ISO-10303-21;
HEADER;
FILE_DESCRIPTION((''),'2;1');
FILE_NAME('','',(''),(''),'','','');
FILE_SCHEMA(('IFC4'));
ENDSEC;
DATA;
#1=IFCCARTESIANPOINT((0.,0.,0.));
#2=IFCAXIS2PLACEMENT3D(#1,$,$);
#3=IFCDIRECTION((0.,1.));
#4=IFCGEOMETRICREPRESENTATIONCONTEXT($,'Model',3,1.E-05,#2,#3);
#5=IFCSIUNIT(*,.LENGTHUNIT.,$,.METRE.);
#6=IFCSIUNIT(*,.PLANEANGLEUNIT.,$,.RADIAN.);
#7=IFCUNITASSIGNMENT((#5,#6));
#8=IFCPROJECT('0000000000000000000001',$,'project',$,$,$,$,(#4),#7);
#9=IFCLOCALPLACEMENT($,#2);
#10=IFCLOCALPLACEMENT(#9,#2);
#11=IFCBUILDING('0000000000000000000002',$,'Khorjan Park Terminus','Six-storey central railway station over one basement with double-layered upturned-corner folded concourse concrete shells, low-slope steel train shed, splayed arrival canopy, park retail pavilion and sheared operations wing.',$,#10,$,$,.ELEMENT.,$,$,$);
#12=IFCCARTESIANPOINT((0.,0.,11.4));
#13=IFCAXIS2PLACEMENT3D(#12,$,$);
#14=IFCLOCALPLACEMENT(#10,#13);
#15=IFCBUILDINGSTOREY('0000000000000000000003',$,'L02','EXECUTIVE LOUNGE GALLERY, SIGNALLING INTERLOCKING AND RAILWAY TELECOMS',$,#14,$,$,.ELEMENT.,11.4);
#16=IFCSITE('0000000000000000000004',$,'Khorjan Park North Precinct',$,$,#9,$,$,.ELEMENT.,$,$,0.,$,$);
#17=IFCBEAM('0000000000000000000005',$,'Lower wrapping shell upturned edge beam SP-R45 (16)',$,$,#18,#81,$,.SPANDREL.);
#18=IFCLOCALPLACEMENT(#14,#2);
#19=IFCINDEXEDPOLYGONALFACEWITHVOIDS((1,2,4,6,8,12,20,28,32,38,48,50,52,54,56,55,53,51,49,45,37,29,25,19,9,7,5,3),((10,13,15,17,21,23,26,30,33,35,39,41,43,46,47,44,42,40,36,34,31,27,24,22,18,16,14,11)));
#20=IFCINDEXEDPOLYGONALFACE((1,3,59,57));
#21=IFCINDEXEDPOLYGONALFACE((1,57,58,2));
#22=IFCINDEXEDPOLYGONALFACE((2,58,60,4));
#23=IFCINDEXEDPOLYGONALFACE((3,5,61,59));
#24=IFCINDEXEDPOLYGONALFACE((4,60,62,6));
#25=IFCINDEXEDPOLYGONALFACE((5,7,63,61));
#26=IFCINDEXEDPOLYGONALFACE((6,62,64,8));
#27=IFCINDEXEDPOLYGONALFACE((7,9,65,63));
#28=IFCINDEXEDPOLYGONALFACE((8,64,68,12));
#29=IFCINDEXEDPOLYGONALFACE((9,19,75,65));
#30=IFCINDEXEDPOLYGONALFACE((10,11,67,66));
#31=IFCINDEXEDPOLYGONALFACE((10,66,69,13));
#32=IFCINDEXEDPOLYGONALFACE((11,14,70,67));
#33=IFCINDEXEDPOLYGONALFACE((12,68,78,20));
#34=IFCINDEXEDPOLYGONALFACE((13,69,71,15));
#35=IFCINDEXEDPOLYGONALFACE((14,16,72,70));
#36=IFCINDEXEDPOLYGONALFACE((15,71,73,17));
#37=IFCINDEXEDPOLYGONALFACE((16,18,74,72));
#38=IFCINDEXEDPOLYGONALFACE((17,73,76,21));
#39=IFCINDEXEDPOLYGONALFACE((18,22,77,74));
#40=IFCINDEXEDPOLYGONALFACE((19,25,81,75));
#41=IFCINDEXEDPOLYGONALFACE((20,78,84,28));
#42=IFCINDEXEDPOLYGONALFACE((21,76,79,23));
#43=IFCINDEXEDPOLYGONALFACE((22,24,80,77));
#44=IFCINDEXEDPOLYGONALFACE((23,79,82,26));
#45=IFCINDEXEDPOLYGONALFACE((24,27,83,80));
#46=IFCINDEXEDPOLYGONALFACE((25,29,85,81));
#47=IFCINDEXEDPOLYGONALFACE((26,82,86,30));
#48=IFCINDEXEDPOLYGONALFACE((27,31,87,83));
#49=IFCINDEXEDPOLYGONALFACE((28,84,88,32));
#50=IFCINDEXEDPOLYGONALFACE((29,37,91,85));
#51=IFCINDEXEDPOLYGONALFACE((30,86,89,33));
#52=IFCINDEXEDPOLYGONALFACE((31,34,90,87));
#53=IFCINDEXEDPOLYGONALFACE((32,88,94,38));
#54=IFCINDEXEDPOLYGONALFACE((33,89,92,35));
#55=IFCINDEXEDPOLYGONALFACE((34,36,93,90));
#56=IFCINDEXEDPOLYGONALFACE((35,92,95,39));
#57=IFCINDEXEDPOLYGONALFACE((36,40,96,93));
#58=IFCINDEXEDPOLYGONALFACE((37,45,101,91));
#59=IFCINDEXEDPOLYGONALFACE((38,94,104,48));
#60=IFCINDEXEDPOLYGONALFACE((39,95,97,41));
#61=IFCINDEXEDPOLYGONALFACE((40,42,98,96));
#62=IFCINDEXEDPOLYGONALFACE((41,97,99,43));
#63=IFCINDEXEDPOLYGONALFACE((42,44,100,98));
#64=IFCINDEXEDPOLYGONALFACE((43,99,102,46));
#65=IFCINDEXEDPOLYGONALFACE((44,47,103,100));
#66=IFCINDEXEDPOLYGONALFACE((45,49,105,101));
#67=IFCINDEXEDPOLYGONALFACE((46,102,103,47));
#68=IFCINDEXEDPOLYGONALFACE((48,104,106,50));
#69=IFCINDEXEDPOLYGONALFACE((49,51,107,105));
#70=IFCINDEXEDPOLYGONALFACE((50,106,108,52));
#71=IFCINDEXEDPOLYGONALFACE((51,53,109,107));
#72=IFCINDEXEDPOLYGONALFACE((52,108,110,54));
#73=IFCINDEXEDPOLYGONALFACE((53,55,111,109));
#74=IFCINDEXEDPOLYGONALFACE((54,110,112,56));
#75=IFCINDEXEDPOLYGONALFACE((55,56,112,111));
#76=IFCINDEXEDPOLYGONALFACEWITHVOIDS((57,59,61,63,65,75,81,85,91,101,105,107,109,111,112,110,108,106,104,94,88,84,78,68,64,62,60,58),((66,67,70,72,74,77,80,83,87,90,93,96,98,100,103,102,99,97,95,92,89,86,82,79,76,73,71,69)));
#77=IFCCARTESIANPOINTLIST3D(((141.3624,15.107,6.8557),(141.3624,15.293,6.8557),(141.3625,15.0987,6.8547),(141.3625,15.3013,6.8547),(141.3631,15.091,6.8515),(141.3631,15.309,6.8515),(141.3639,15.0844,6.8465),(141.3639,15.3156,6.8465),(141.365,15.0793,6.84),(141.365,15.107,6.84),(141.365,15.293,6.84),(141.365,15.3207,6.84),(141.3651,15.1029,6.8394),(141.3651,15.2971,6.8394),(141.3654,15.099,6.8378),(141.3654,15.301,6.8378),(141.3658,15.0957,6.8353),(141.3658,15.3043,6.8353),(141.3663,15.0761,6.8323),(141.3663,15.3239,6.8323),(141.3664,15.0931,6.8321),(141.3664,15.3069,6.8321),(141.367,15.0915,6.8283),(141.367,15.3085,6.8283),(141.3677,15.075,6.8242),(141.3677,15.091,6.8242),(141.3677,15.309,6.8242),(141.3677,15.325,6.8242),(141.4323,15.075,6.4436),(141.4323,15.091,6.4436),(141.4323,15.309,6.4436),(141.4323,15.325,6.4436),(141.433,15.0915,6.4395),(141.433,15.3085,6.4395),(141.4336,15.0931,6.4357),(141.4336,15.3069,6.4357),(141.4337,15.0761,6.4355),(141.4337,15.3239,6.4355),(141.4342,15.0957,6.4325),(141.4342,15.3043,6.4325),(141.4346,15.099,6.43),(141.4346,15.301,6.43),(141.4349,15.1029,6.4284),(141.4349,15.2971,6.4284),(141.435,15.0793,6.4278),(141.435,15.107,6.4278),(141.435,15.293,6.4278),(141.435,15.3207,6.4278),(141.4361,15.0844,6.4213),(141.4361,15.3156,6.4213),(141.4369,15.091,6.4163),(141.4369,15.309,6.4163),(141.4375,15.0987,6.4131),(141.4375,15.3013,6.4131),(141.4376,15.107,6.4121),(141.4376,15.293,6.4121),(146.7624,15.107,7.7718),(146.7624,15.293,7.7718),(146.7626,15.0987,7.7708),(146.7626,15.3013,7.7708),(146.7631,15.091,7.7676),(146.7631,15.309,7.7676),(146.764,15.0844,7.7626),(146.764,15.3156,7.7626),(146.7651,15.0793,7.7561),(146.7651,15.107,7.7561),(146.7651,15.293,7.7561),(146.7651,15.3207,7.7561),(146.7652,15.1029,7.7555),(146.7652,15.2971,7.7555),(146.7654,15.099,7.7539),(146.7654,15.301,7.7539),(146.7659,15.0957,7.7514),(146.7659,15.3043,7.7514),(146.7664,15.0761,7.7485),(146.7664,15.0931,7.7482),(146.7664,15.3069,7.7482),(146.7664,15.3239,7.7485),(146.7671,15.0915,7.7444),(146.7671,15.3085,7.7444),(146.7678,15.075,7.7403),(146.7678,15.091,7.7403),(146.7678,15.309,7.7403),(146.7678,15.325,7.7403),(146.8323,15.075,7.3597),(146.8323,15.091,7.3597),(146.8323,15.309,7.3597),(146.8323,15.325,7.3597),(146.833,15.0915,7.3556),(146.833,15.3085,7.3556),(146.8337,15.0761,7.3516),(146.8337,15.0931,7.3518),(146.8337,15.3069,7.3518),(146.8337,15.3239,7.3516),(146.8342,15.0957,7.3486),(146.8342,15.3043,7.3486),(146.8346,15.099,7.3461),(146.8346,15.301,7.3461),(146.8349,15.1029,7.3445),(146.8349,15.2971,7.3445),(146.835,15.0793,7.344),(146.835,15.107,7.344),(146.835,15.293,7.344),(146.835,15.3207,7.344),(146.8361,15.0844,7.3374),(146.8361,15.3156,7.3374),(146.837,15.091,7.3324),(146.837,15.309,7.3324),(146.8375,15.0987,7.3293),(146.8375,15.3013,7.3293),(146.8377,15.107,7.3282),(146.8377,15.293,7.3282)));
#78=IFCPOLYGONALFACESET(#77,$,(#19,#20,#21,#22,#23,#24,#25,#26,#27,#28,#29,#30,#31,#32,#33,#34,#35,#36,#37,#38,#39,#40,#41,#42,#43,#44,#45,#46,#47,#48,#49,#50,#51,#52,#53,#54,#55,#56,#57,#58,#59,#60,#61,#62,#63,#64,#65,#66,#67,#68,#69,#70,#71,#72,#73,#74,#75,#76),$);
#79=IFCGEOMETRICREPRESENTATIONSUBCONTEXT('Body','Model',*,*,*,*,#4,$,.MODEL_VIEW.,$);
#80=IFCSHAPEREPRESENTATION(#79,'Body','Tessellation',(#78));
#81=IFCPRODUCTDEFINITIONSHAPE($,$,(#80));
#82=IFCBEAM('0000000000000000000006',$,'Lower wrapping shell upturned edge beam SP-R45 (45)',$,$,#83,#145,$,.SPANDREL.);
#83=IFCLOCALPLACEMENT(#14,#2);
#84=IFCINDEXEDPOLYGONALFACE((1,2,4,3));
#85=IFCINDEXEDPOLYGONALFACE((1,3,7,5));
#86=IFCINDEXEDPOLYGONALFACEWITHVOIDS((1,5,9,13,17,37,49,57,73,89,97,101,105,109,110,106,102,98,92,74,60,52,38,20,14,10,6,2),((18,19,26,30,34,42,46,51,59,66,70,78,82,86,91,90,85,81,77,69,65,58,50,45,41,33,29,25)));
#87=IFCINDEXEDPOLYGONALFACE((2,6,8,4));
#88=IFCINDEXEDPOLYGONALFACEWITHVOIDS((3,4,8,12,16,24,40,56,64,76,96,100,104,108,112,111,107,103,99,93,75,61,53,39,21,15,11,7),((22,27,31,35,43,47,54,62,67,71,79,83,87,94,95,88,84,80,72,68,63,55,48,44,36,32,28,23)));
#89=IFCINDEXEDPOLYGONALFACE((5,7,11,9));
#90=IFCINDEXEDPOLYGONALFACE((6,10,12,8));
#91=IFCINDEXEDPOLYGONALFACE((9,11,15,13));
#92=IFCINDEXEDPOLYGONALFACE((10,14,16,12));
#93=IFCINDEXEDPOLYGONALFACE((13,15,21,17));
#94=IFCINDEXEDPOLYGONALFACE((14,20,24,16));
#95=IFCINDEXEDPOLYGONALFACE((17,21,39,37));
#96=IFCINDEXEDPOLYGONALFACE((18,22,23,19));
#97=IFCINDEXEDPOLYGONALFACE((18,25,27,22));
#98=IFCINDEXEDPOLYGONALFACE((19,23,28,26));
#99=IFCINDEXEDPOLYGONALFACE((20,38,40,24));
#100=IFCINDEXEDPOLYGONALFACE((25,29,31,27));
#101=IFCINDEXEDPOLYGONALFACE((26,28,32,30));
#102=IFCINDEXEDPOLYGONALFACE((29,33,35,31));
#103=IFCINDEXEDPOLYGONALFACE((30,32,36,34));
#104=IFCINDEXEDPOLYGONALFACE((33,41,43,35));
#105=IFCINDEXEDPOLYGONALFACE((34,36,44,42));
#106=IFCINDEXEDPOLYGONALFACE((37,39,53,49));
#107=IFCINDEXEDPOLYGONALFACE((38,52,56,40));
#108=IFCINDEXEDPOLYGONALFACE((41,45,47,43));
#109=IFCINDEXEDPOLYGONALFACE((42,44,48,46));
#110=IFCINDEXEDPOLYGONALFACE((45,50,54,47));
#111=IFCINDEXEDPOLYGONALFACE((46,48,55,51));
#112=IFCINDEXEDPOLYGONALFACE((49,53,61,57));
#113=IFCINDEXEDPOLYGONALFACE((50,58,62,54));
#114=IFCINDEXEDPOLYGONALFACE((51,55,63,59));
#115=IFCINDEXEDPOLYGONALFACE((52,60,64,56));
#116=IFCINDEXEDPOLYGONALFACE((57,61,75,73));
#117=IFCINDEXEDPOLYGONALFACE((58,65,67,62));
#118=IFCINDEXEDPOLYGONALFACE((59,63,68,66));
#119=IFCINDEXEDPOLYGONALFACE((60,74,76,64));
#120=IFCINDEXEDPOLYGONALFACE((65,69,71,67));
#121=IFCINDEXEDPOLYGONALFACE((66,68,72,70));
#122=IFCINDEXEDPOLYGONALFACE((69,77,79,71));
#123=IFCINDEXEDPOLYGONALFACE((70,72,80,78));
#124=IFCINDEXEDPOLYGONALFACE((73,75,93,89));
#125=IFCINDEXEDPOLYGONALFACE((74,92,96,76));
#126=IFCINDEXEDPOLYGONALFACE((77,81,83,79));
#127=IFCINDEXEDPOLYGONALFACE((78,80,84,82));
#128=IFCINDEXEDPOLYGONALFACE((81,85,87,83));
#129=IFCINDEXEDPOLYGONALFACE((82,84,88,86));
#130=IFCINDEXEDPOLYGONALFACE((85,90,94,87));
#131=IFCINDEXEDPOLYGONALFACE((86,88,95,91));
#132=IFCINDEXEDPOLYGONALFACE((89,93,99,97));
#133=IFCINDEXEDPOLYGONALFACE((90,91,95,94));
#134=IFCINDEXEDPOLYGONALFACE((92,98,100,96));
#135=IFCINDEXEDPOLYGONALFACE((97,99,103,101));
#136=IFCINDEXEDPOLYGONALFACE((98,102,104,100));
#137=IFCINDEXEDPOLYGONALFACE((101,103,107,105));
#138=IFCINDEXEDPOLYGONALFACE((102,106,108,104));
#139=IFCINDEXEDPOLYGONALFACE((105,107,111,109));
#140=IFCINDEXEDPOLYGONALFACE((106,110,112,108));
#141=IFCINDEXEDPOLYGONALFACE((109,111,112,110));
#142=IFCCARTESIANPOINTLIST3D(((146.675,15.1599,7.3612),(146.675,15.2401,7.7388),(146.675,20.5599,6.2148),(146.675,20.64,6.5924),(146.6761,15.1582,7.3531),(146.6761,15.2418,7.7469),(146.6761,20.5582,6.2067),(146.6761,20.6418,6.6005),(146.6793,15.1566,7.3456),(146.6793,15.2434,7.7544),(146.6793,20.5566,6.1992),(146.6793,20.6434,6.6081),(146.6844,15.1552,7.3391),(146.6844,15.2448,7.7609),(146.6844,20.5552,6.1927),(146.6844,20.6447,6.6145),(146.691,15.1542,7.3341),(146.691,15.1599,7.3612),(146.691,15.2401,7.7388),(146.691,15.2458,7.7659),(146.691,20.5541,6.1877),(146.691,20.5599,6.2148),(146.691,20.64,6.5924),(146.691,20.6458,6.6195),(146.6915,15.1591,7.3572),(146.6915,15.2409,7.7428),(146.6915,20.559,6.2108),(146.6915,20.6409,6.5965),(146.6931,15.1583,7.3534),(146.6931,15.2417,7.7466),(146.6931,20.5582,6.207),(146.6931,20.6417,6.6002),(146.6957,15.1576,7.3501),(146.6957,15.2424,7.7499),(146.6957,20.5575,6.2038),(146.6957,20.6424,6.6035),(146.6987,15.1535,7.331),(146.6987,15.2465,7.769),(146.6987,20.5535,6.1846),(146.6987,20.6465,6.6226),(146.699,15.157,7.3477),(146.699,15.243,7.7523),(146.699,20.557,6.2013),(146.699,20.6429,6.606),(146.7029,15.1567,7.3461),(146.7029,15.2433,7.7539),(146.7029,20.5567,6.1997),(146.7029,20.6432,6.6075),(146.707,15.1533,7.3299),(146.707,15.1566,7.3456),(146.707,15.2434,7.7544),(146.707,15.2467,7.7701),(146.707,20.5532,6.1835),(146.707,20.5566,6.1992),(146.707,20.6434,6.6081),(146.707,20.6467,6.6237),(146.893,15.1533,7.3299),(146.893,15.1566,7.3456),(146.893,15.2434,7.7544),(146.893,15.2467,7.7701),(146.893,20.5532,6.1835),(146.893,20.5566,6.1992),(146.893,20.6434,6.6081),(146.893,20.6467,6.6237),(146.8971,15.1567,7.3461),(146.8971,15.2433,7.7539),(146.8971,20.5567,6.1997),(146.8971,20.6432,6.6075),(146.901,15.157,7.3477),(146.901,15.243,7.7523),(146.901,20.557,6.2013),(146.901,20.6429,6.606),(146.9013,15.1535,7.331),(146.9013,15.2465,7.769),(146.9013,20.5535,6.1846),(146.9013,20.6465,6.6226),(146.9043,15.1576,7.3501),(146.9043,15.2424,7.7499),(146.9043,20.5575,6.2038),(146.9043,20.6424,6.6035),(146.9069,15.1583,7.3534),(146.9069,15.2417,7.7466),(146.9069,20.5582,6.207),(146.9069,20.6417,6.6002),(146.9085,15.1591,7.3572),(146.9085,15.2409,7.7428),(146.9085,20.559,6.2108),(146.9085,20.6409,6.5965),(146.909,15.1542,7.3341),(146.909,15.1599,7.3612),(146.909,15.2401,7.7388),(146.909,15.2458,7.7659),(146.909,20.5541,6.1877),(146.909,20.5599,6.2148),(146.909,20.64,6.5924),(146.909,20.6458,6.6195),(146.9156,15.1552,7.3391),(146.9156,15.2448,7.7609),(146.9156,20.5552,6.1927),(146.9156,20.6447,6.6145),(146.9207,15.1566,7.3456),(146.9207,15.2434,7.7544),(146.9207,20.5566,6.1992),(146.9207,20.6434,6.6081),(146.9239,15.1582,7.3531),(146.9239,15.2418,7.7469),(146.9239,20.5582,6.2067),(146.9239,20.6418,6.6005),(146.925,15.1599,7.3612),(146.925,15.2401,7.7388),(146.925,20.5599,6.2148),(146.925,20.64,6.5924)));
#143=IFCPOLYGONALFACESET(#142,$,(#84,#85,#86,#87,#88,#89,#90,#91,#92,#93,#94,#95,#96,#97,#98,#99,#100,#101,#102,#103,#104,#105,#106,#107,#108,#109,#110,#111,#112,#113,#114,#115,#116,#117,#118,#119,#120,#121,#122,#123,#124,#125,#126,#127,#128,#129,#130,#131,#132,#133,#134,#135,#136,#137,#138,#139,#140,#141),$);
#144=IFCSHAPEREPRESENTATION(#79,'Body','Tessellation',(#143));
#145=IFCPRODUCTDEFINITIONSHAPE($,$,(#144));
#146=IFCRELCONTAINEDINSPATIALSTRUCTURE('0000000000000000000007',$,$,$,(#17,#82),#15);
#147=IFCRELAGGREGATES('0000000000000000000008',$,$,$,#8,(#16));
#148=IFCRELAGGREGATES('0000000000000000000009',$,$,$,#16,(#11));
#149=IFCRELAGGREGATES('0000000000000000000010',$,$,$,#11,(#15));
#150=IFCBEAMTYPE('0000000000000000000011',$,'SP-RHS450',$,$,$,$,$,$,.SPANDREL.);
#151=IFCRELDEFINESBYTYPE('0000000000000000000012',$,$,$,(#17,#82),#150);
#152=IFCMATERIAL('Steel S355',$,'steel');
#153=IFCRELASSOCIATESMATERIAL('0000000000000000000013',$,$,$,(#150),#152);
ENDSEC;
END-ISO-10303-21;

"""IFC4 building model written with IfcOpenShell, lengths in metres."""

from ifc_helpers import new_model, si_unit, direction, frame, origin, origin_2d, place, context, subcontext, project, spatial, hollow_rectangle, extrude, material, material_profile, profile_set, type_object, element, save


model = new_model("IFC4")

# Units and contexts
model_context = context("Model", 3, precision=1e-05, world=origin(), true_north=direction((0.0, 1.0)))
body_context = subcontext(model_context, "Body", "Model", "MODEL_VIEW")
ifc_project = project(units=[si_unit("LENGTHUNIT", "METRE"), si_unit("PLANEANGLEUNIT", "RADIAN")], contexts=[model_context])

# Site, building, storey
site_placement = place(None, origin())
site = spatial("IfcSite", under=ifc_project, at=site_placement, Name="Khorjan Park North Precinct", CompositionType="ELEMENT", RefElevation=0.0)
building_placement = place(site_placement, origin())
building = spatial("IfcBuilding", under=site, at=building_placement, Name="Khorjan Park Terminus", Description="Six-storey central railway station over one basement with double-layered upturned-corner folded concourse concrete shells, low-slope steel train shed, splayed arrival canopy, park retail pavilion and sheared operations wing.", CompositionType="ELEMENT")
storey_placement = place(building_placement, frame((0.0, 0.0, 11.4)))
storey = spatial("IfcBuildingStorey", under=building, at=storey_placement, Name="L02", Description="EXECUTIVE LOUNGE GALLERY, SIGNALLING INTERLOCKING AND RAILWAY TELECOMS", CompositionType="ELEMENT", Elevation=11.4)

# Shared definitions
ifc_material_1 = material(Name="Steel S355", Category="steel")

# Beams
ifc_material_profile_1 = material_profile(ifc_material_1, hollow_rectangle(XDim=0.25, YDim=0.45, WallThickness=0.016, InnerFilletRadius=0.016, OuterFilletRadius=0.032, at=origin_2d()), Name="RHS 450x250x16")
ifc_profile_set_1 = profile_set([ifc_material_profile_1], Name="Steel S355")
beam_type = type_object("IfcBeamType", Name="SP-RHS450", PredefinedType="SPANDREL", material=ifc_profile_set_1)
beam_placement = place(storey_placement, frame((141.4, 15.2, 6.6339), z_axis=(0.985913, 0.0, 0.167258), x_axis=(0.0, 1.0, 0.0)))
element("IfcBeam", 1, at=beam_placement, inside=storey, type_object=beam_type, Name="Lower wrapping shell upturned edge beam SP-R45 (16)", PredefinedType="SPANDREL", context=body_context, shape_type="SweptSolid", body=[
    extrude(hollow_rectangle(XDim=0.25, YDim=0.45, WallThickness=0.016, InnerFilletRadius=0.016, OuterFilletRadius=0.032, at=origin_2d()), origin(), (0.0, 0.0, 1.0), 5.4772),
])
for number, where, z_axis, x_axis, name in (
    (2, (146.8, 15.2, 7.55), (0.0, 0.978199, -0.207668), (-1.0, 0.0, 0.0), "Lower wrapping shell upturned edge beam SP-R45 (45)"),
):
    element("IfcBeam", number, at=place(storey_placement, frame(where, z_axis=z_axis, x_axis=x_axis)), inside=storey, type_object=beam_type, Name=name, PredefinedType="SPANDREL", context=body_context, shape_type="SweptSolid", body=[
        extrude(hollow_rectangle(XDim=0.25, YDim=0.45, WallThickness=0.016, InnerFilletRadius=0.016, OuterFilletRadius=0.032, at=origin_2d()), origin(), (0.0, 0.0, 1.0), 5.5203),
    ])

save(model, "model.ifc")
